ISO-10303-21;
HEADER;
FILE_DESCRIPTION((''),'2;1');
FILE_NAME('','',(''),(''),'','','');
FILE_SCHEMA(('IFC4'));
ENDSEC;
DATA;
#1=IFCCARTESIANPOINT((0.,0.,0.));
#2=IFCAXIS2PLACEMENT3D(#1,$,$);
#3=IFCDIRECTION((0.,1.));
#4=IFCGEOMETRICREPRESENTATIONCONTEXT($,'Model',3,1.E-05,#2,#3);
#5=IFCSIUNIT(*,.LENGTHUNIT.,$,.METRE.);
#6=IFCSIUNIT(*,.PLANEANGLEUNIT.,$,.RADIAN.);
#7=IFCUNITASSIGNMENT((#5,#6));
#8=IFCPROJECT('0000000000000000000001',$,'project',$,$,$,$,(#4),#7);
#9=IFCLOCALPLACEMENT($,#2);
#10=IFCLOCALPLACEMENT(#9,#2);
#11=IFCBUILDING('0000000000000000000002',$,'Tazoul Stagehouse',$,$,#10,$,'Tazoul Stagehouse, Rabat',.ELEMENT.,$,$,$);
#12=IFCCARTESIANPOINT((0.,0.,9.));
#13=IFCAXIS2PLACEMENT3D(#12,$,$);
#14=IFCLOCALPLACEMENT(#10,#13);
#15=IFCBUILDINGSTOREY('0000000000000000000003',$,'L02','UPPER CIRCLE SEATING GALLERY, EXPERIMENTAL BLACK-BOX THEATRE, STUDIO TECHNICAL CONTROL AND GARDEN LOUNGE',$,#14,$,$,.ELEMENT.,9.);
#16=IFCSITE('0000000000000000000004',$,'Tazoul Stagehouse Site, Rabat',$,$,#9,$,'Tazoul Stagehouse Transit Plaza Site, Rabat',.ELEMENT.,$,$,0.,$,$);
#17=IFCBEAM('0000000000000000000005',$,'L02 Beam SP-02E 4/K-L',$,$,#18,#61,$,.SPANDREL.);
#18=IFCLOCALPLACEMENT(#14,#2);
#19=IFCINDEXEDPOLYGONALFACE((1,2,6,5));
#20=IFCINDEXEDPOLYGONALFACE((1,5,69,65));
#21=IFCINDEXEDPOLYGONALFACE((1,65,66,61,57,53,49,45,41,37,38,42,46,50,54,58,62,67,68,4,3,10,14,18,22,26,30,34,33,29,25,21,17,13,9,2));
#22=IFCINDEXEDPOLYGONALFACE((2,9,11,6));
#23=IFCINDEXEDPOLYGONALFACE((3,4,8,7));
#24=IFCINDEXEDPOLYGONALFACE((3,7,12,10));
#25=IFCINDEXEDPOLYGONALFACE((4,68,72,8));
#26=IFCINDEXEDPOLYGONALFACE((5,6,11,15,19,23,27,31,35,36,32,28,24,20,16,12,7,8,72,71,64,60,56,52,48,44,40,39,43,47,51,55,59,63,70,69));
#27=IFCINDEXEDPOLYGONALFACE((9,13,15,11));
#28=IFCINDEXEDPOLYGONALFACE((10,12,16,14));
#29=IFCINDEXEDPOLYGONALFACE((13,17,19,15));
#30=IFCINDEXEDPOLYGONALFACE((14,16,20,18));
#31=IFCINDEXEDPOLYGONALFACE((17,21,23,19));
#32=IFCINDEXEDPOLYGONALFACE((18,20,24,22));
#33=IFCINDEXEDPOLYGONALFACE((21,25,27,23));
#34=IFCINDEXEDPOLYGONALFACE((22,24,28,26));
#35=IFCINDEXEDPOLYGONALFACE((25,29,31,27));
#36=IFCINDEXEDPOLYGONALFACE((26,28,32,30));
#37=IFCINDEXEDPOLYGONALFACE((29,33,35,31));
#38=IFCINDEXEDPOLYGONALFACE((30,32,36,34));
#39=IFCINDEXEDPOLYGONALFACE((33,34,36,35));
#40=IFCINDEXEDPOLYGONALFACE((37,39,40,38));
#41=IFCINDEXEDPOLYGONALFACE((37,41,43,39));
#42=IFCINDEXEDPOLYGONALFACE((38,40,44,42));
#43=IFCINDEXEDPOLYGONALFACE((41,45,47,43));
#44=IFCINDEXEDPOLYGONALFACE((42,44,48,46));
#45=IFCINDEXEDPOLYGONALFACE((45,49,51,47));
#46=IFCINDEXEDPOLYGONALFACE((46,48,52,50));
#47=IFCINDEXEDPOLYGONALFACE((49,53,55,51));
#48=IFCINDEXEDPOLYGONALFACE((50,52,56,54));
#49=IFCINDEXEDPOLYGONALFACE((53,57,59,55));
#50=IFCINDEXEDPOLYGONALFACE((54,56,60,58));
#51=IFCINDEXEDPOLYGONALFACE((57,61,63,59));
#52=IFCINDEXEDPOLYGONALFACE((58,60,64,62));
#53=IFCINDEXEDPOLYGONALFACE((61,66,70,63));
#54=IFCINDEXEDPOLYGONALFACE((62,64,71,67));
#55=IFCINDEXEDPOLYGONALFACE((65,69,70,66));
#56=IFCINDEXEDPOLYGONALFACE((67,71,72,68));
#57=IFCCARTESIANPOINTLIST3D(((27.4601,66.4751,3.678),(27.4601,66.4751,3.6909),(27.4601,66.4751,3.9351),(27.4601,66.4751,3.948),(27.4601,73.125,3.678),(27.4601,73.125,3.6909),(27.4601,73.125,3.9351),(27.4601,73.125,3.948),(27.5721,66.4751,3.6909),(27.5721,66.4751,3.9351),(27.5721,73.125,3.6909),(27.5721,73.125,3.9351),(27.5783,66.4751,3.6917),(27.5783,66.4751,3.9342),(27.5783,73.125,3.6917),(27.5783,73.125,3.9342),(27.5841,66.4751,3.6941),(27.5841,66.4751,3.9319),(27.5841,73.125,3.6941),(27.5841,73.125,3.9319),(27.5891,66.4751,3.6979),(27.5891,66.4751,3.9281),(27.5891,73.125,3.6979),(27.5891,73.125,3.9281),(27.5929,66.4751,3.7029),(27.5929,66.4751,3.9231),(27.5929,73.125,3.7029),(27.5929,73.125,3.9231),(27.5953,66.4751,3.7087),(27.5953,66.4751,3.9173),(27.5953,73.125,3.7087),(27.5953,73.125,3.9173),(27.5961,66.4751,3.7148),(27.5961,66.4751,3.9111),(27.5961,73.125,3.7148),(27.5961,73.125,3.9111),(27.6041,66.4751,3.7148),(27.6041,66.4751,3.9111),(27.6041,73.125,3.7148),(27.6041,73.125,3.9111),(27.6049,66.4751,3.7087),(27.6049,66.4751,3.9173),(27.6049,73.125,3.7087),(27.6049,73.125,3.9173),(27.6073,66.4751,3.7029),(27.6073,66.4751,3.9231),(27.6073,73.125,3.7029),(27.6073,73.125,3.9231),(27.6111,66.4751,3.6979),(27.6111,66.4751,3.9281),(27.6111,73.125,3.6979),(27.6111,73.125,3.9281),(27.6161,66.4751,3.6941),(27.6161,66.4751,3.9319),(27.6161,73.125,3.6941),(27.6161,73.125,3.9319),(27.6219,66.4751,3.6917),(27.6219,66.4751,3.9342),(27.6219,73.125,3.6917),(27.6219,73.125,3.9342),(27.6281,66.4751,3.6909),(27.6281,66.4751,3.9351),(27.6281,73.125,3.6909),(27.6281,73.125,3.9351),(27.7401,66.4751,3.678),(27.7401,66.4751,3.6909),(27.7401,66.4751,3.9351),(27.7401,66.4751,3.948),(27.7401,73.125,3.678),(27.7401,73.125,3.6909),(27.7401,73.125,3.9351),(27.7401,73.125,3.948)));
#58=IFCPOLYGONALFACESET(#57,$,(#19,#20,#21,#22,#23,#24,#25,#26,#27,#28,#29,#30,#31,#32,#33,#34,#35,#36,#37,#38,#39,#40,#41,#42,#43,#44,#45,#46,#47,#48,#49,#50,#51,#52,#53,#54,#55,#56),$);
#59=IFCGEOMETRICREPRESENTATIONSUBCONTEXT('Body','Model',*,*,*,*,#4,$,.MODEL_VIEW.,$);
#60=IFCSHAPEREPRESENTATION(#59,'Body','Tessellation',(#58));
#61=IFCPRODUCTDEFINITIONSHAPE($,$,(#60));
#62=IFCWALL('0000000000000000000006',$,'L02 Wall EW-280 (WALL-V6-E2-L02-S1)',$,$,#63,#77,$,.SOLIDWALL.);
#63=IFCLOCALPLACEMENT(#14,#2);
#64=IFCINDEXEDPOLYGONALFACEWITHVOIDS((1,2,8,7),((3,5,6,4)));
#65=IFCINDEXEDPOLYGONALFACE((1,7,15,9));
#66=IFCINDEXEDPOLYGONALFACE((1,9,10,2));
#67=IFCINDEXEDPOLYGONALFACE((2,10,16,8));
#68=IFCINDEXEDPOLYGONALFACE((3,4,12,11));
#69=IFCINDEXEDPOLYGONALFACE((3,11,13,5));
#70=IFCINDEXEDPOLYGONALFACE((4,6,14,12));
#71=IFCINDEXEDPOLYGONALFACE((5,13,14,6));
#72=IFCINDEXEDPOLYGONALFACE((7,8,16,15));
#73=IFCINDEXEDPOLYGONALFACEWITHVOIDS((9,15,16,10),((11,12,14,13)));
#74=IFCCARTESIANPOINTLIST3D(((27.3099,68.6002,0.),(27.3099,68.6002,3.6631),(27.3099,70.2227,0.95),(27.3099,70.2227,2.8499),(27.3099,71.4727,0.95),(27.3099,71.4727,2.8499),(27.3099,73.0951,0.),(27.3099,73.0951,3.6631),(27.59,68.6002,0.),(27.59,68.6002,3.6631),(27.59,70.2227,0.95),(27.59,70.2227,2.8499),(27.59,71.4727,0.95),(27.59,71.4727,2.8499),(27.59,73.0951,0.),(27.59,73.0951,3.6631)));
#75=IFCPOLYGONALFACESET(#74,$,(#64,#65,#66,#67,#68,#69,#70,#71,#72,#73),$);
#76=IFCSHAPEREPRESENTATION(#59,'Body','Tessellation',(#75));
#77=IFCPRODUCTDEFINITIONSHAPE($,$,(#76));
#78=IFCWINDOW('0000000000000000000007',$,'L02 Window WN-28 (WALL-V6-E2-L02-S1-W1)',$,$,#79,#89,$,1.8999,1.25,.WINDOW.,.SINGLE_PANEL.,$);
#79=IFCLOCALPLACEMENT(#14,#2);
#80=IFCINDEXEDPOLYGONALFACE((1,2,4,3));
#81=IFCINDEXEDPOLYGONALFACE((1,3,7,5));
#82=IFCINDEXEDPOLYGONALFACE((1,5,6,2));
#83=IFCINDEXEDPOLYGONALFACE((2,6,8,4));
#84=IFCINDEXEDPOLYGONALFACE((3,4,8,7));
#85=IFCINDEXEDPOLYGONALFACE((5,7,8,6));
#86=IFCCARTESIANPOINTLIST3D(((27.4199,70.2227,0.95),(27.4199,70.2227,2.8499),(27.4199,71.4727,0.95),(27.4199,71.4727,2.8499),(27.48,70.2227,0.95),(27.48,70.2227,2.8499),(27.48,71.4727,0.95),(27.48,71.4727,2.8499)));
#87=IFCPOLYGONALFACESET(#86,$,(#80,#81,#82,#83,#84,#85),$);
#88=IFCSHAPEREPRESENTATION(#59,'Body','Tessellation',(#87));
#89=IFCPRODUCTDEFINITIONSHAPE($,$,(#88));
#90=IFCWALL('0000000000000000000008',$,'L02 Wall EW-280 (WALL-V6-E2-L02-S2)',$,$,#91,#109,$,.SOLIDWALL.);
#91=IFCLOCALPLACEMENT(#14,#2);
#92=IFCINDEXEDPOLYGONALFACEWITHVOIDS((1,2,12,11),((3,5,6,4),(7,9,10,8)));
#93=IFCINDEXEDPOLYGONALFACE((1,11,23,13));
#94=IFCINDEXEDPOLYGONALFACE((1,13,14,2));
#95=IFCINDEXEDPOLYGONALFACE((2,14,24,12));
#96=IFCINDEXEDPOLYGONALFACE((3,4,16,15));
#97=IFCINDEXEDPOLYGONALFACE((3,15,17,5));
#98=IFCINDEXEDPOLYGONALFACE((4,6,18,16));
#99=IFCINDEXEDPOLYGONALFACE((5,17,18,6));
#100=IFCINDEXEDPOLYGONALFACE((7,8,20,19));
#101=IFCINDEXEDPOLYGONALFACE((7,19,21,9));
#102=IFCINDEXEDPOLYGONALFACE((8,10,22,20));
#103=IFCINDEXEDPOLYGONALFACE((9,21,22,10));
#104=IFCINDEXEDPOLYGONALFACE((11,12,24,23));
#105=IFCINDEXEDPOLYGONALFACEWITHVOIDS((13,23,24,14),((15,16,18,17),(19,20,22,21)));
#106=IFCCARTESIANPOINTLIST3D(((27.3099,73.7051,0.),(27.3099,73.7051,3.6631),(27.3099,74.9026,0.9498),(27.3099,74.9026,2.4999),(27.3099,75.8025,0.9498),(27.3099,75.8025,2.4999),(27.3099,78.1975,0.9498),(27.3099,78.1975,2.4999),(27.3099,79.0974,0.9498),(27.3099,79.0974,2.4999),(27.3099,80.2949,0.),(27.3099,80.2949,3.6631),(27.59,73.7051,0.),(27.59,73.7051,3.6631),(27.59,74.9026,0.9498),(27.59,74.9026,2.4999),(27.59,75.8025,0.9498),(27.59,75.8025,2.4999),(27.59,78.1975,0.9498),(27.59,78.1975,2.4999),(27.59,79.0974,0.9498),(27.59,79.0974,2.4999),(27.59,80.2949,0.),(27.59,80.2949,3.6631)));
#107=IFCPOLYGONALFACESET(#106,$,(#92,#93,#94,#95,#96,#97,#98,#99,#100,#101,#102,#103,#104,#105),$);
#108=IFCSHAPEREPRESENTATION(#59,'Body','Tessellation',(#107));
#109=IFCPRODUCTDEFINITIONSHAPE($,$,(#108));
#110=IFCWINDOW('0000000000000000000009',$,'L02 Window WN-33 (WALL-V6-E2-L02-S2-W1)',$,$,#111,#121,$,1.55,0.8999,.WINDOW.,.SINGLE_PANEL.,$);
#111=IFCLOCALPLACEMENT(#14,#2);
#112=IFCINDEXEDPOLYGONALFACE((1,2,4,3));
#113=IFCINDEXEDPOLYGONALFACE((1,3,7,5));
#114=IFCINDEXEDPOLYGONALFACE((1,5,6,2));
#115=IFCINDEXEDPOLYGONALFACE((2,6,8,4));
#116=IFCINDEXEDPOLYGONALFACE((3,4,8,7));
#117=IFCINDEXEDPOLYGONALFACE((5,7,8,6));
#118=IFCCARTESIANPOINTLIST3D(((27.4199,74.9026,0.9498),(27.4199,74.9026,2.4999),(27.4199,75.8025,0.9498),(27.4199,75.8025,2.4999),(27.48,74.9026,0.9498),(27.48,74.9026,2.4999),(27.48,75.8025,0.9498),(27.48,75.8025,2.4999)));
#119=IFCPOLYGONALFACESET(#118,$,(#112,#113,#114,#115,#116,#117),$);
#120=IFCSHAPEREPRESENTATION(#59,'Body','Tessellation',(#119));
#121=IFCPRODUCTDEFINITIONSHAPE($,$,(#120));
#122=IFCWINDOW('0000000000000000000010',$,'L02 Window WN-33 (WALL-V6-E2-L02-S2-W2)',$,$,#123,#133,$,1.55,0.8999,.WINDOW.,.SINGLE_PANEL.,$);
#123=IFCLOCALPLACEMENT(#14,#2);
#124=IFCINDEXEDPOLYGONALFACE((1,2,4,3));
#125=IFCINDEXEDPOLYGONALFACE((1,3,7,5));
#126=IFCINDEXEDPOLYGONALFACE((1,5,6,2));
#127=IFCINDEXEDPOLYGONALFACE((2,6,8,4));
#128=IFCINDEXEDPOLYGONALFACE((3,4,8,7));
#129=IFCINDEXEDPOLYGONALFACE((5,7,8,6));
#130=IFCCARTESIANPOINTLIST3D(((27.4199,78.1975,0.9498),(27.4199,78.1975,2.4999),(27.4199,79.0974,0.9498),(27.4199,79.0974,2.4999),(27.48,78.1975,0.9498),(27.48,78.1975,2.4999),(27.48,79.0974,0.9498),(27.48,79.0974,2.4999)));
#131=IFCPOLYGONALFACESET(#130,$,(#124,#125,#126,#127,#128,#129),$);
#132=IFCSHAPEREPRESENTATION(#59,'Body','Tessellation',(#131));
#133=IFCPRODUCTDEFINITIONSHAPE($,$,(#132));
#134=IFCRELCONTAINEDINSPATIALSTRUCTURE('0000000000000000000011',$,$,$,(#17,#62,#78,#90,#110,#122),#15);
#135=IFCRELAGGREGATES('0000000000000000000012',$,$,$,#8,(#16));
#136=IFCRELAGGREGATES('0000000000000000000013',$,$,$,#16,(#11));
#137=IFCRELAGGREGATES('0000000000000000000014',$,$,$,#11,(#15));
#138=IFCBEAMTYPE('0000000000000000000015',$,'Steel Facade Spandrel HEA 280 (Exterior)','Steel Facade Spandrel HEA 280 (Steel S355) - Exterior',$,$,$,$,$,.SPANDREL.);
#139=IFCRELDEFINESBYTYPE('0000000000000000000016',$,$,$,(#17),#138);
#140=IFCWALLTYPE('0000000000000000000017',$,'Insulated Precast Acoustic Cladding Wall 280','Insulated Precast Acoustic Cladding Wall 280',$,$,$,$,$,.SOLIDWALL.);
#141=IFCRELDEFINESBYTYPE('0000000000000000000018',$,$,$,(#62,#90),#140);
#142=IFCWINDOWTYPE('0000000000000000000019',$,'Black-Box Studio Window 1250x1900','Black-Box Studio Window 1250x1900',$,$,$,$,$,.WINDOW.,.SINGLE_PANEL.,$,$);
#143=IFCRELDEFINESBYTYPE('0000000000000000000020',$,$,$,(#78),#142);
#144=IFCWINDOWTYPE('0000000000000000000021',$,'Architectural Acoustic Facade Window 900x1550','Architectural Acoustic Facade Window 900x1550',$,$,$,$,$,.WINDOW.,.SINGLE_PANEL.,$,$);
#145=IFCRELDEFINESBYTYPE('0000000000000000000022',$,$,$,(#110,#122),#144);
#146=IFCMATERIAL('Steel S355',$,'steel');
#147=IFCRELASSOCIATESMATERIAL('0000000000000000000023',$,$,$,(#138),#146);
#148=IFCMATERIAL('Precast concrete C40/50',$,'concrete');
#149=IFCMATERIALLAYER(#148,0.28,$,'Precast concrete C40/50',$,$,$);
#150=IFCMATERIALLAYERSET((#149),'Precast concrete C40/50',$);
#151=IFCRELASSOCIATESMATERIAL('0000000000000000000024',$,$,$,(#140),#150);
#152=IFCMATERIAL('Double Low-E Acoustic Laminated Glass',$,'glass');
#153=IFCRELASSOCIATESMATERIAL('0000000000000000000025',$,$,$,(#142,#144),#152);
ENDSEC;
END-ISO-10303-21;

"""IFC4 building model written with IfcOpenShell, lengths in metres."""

from ifc_helpers import new_model, si_unit, direction, frame, frame_2d, origin, origin_2d, place, context, subcontext, project, spatial, rectangle, i_section, extrude, material, layer, layer_set, material_profile, profile_set, type_object, element, fill, save


model = new_model("IFC4")

# Units and contexts
model_context = context("Model", 3, precision=1e-05, world=origin(), true_north=direction((0.0, 1.0)))
body_context = subcontext(model_context, "Body", "Model", "MODEL_VIEW")
ifc_project = project(units=[si_unit("LENGTHUNIT", "METRE"), si_unit("PLANEANGLEUNIT", "RADIAN")], contexts=[model_context])

# Site, building, storey
site_placement = place(None, origin())
site = spatial("IfcSite", under=ifc_project, at=site_placement, Name="Tazoul Stagehouse Site, Rabat", LongName="Tazoul Stagehouse Transit Plaza Site, Rabat", CompositionType="ELEMENT", RefElevation=0.0)
building_placement = place(site_placement, origin())
building = spatial("IfcBuilding", under=site, at=building_placement, Name="Tazoul Stagehouse", LongName="Tazoul Stagehouse, Rabat", CompositionType="ELEMENT")
storey_placement = place(building_placement, frame((0.0, 0.0, 9.0)))
storey = spatial("IfcBuildingStorey", under=building, at=storey_placement, Name="L02", Description="UPPER CIRCLE SEATING GALLERY, EXPERIMENTAL BLACK-BOX THEATRE, STUDIO TECHNICAL CONTROL AND GARDEN LOUNGE", CompositionType="ELEMENT", Elevation=9.0)

# Beam
ifc_material_1 = material(Name="Steel S355", Category="steel")
ifc_material_profile_1 = material_profile(ifc_material_1, i_section(OverallWidth=0.28, OverallDepth=0.27, WebThickness=0.0081, FlangeThickness=0.0129, FilletRadius=0.0239, at=origin_2d()), Name="HEA 280")
ifc_profile_set_1 = profile_set([ifc_material_profile_1], Name="Steel S355")
beam_type = type_object("IfcBeamType", Name="Steel Facade Spandrel HEA 280 (Exterior)", Description="Steel Facade Spandrel HEA 280 (Steel S355) - Exterior", PredefinedType="SPANDREL", material=ifc_profile_set_1)
beam_placement = place(storey_placement, frame((27.6001, 66.4751, 3.813), z_axis=(0.0, 1.0, 0.0), x_axis=(-1.0, 0.0, 0.0)))
element("IfcBeam", 1, at=beam_placement, inside=storey, type_object=beam_type, Name="L02 Beam SP-02E 4/K-L", PredefinedType="SPANDREL", context=body_context, shape_type="SweptSolid", body=[
    extrude(i_section(OverallWidth=0.28, OverallDepth=0.27, WebThickness=0.0081, FlangeThickness=0.0129, FilletRadius=0.0239, at=origin_2d()), origin(), (0.0, 0.0, 1.0), 6.6499),
])

# Wall, opening, window
ifc_material_2 = material(Name="Precast concrete C40/50", Category="concrete")
ifc_layer_1 = layer(ifc_material_2, 0.28, Name="Precast concrete C40/50")
ifc_layer_set_1 = layer_set([ifc_layer_1], Name="Precast concrete C40/50")
wall_type = type_object("IfcWallType", Name="Insulated Precast Acoustic Cladding Wall 280", Description="Insulated Precast Acoustic Cladding Wall 280", PredefinedType="SOLIDWALL", material=ifc_layer_set_1)
wall_1_placement = place(storey_placement, frame((27.45, 68.6001, 0.0), z_axis=(0.0, 0.0, 1.0), x_axis=(0.0, 1.0, 0.0)))
wall_1 = element("IfcWall", 2, at=wall_1_placement, inside=storey, type_object=wall_type, Name="L02 Wall EW-280 (WALL-V6-E2-L02-S1)", PredefinedType="SOLIDWALL", context=body_context, shape_type="SweptSolid", body=[
    extrude(rectangle(XDim=4.4949, YDim=0.28, at=frame_2d((2.2476, 0.0))), origin(), (0.0, 0.0, 1.0), 3.6631),
])
opening_1_placement = place(wall_1_placement, frame((1.6226, 0.0, 0.95)))
opening_1 = element("IfcOpeningElement", 3, at=opening_1_placement, cuts=wall_1, PredefinedType="OPENING", context=body_context, shape_type="SweptSolid", body=[
    extrude(rectangle(XDim=1.25, YDim=1.8999, at=frame_2d((0.625, 0.95))), frame((0.0, 0.1599, 0.0), z_axis=(0.0, -1.0, 0.0), x_axis=(1.0, 0.0, 0.0)), (0.0, 0.0, 1.0), 0.3201),
])
ifc_material_3 = material(Name="Double Low-E Acoustic Laminated Glass", Category="glass")
window_type_1 = type_object("IfcWindowType", Name="Black-Box Studio Window 1250x1900", Description="Black-Box Studio Window 1250x1900", PartitioningType="SINGLE_PANEL", PredefinedType="WINDOW", material=ifc_material_3)
window_1_placement = place(opening_1_placement, origin())
window_1 = element("IfcWindow", 4, at=window_1_placement, inside=storey, type_object=window_type_1, Name="L02 Window WN-28 (WALL-V6-E2-L02-S1-W1)", OverallHeight=1.8999, OverallWidth=1.25, PartitioningType="SINGLE_PANEL", PredefinedType="WINDOW", context=body_context, shape_type="SweptSolid", body=[
    extrude(rectangle(XDim=1.25, YDim=1.8999, at=frame_2d((0.625, 0.95))), frame((0.0, 0.03, 0.0), z_axis=(0.0, -1.0, 0.0), x_axis=(1.0, 0.0, 0.0)), (0.0, 0.0, 1.0), 0.0601),
])
fill(opening_1, window_1)

# Wall, openings, windows
wall_2_placement = place(storey_placement, frame((27.45, 73.7051, 0.0), z_axis=(0.0, 0.0, 1.0), x_axis=(0.0, 1.0, 0.0)))
wall_2 = element("IfcWall", 5, at=wall_2_placement, inside=storey, type_object=wall_type, Name="L02 Wall EW-280 (WALL-V6-E2-L02-S2)", PredefinedType="SOLIDWALL", context=body_context, shape_type="SweptSolid", body=[
    extrude(rectangle(XDim=6.5898, YDim=0.28, at=frame_2d((3.2949, 0.0))), origin(), (0.0, 0.0, 1.0), 3.6631),
])
opening_2_placement = place(wall_2_placement, frame((1.1975, 0.0, 0.95)))
opening_2 = element("IfcOpeningElement", 6, at=opening_2_placement, cuts=wall_2, PredefinedType="OPENING", context=body_context, shape_type="SweptSolid", body=[
    extrude(rectangle(XDim=0.8999, YDim=1.55, at=frame_2d((0.45, 0.7749))), frame((0.0, 0.1599, 0.0), z_axis=(0.0, -1.0, 0.0), x_axis=(1.0, 0.0, 0.0)), (0.0, 0.0, 1.0), 0.3201),
])
opening_3_placement = place(wall_2_placement, frame((4.4924, 0.0, 0.95)))
opening_3 = element("IfcOpeningElement", 7, at=opening_3_placement, cuts=wall_2, PredefinedType="OPENING", context=body_context, shape_type="SweptSolid", body=[
    extrude(rectangle(XDim=0.8999, YDim=1.55, at=frame_2d((0.45, 0.7749))), frame((0.0, 0.1599, 0.0), z_axis=(0.0, -1.0, 0.0), x_axis=(1.0, 0.0, 0.0)), (0.0, 0.0, 1.0), 0.3201),
])
window_type_2 = type_object("IfcWindowType", Name="Architectural Acoustic Facade Window 900x1550", Description="Architectural Acoustic Facade Window 900x1550", PartitioningType="SINGLE_PANEL", PredefinedType="WINDOW", material=ifc_material_3)
window_2_placement = place(opening_2_placement, origin())
window_2 = element("IfcWindow", 8, at=window_2_placement, inside=storey, type_object=window_type_2, Name="L02 Window WN-33 (WALL-V6-E2-L02-S2-W1)", OverallHeight=1.55, OverallWidth=0.8999, PartitioningType="SINGLE_PANEL", PredefinedType="WINDOW", context=body_context, shape_type="SweptSolid", body=[
    extrude(rectangle(XDim=0.8999, YDim=1.55, at=frame_2d((0.45, 0.7749))), frame((0.0, 0.03, 0.0), z_axis=(0.0, -1.0, 0.0), x_axis=(1.0, 0.0, 0.0)), (0.0, 0.0, 1.0), 0.0601),
])
fill(opening_2, window_2)
window_3_placement = place(opening_3_placement, origin())
window_3 = element("IfcWindow", 9, at=window_3_placement, inside=storey, type_object=window_type_2, Name="L02 Window WN-33 (WALL-V6-E2-L02-S2-W2)", OverallHeight=1.55, OverallWidth=0.8999, PartitioningType="SINGLE_PANEL", PredefinedType="WINDOW", context=body_context, shape_type="SweptSolid", body=[
    extrude(rectangle(XDim=0.8999, YDim=1.55, at=frame_2d((0.45, 0.7749))), frame((0.0, 0.03, 0.0), z_axis=(0.0, -1.0, 0.0), x_axis=(1.0, 0.0, 0.0)), (0.0, 0.0, 1.0), 0.0601),
])
fill(opening_3, window_3)

save(model, "model.ifc")
